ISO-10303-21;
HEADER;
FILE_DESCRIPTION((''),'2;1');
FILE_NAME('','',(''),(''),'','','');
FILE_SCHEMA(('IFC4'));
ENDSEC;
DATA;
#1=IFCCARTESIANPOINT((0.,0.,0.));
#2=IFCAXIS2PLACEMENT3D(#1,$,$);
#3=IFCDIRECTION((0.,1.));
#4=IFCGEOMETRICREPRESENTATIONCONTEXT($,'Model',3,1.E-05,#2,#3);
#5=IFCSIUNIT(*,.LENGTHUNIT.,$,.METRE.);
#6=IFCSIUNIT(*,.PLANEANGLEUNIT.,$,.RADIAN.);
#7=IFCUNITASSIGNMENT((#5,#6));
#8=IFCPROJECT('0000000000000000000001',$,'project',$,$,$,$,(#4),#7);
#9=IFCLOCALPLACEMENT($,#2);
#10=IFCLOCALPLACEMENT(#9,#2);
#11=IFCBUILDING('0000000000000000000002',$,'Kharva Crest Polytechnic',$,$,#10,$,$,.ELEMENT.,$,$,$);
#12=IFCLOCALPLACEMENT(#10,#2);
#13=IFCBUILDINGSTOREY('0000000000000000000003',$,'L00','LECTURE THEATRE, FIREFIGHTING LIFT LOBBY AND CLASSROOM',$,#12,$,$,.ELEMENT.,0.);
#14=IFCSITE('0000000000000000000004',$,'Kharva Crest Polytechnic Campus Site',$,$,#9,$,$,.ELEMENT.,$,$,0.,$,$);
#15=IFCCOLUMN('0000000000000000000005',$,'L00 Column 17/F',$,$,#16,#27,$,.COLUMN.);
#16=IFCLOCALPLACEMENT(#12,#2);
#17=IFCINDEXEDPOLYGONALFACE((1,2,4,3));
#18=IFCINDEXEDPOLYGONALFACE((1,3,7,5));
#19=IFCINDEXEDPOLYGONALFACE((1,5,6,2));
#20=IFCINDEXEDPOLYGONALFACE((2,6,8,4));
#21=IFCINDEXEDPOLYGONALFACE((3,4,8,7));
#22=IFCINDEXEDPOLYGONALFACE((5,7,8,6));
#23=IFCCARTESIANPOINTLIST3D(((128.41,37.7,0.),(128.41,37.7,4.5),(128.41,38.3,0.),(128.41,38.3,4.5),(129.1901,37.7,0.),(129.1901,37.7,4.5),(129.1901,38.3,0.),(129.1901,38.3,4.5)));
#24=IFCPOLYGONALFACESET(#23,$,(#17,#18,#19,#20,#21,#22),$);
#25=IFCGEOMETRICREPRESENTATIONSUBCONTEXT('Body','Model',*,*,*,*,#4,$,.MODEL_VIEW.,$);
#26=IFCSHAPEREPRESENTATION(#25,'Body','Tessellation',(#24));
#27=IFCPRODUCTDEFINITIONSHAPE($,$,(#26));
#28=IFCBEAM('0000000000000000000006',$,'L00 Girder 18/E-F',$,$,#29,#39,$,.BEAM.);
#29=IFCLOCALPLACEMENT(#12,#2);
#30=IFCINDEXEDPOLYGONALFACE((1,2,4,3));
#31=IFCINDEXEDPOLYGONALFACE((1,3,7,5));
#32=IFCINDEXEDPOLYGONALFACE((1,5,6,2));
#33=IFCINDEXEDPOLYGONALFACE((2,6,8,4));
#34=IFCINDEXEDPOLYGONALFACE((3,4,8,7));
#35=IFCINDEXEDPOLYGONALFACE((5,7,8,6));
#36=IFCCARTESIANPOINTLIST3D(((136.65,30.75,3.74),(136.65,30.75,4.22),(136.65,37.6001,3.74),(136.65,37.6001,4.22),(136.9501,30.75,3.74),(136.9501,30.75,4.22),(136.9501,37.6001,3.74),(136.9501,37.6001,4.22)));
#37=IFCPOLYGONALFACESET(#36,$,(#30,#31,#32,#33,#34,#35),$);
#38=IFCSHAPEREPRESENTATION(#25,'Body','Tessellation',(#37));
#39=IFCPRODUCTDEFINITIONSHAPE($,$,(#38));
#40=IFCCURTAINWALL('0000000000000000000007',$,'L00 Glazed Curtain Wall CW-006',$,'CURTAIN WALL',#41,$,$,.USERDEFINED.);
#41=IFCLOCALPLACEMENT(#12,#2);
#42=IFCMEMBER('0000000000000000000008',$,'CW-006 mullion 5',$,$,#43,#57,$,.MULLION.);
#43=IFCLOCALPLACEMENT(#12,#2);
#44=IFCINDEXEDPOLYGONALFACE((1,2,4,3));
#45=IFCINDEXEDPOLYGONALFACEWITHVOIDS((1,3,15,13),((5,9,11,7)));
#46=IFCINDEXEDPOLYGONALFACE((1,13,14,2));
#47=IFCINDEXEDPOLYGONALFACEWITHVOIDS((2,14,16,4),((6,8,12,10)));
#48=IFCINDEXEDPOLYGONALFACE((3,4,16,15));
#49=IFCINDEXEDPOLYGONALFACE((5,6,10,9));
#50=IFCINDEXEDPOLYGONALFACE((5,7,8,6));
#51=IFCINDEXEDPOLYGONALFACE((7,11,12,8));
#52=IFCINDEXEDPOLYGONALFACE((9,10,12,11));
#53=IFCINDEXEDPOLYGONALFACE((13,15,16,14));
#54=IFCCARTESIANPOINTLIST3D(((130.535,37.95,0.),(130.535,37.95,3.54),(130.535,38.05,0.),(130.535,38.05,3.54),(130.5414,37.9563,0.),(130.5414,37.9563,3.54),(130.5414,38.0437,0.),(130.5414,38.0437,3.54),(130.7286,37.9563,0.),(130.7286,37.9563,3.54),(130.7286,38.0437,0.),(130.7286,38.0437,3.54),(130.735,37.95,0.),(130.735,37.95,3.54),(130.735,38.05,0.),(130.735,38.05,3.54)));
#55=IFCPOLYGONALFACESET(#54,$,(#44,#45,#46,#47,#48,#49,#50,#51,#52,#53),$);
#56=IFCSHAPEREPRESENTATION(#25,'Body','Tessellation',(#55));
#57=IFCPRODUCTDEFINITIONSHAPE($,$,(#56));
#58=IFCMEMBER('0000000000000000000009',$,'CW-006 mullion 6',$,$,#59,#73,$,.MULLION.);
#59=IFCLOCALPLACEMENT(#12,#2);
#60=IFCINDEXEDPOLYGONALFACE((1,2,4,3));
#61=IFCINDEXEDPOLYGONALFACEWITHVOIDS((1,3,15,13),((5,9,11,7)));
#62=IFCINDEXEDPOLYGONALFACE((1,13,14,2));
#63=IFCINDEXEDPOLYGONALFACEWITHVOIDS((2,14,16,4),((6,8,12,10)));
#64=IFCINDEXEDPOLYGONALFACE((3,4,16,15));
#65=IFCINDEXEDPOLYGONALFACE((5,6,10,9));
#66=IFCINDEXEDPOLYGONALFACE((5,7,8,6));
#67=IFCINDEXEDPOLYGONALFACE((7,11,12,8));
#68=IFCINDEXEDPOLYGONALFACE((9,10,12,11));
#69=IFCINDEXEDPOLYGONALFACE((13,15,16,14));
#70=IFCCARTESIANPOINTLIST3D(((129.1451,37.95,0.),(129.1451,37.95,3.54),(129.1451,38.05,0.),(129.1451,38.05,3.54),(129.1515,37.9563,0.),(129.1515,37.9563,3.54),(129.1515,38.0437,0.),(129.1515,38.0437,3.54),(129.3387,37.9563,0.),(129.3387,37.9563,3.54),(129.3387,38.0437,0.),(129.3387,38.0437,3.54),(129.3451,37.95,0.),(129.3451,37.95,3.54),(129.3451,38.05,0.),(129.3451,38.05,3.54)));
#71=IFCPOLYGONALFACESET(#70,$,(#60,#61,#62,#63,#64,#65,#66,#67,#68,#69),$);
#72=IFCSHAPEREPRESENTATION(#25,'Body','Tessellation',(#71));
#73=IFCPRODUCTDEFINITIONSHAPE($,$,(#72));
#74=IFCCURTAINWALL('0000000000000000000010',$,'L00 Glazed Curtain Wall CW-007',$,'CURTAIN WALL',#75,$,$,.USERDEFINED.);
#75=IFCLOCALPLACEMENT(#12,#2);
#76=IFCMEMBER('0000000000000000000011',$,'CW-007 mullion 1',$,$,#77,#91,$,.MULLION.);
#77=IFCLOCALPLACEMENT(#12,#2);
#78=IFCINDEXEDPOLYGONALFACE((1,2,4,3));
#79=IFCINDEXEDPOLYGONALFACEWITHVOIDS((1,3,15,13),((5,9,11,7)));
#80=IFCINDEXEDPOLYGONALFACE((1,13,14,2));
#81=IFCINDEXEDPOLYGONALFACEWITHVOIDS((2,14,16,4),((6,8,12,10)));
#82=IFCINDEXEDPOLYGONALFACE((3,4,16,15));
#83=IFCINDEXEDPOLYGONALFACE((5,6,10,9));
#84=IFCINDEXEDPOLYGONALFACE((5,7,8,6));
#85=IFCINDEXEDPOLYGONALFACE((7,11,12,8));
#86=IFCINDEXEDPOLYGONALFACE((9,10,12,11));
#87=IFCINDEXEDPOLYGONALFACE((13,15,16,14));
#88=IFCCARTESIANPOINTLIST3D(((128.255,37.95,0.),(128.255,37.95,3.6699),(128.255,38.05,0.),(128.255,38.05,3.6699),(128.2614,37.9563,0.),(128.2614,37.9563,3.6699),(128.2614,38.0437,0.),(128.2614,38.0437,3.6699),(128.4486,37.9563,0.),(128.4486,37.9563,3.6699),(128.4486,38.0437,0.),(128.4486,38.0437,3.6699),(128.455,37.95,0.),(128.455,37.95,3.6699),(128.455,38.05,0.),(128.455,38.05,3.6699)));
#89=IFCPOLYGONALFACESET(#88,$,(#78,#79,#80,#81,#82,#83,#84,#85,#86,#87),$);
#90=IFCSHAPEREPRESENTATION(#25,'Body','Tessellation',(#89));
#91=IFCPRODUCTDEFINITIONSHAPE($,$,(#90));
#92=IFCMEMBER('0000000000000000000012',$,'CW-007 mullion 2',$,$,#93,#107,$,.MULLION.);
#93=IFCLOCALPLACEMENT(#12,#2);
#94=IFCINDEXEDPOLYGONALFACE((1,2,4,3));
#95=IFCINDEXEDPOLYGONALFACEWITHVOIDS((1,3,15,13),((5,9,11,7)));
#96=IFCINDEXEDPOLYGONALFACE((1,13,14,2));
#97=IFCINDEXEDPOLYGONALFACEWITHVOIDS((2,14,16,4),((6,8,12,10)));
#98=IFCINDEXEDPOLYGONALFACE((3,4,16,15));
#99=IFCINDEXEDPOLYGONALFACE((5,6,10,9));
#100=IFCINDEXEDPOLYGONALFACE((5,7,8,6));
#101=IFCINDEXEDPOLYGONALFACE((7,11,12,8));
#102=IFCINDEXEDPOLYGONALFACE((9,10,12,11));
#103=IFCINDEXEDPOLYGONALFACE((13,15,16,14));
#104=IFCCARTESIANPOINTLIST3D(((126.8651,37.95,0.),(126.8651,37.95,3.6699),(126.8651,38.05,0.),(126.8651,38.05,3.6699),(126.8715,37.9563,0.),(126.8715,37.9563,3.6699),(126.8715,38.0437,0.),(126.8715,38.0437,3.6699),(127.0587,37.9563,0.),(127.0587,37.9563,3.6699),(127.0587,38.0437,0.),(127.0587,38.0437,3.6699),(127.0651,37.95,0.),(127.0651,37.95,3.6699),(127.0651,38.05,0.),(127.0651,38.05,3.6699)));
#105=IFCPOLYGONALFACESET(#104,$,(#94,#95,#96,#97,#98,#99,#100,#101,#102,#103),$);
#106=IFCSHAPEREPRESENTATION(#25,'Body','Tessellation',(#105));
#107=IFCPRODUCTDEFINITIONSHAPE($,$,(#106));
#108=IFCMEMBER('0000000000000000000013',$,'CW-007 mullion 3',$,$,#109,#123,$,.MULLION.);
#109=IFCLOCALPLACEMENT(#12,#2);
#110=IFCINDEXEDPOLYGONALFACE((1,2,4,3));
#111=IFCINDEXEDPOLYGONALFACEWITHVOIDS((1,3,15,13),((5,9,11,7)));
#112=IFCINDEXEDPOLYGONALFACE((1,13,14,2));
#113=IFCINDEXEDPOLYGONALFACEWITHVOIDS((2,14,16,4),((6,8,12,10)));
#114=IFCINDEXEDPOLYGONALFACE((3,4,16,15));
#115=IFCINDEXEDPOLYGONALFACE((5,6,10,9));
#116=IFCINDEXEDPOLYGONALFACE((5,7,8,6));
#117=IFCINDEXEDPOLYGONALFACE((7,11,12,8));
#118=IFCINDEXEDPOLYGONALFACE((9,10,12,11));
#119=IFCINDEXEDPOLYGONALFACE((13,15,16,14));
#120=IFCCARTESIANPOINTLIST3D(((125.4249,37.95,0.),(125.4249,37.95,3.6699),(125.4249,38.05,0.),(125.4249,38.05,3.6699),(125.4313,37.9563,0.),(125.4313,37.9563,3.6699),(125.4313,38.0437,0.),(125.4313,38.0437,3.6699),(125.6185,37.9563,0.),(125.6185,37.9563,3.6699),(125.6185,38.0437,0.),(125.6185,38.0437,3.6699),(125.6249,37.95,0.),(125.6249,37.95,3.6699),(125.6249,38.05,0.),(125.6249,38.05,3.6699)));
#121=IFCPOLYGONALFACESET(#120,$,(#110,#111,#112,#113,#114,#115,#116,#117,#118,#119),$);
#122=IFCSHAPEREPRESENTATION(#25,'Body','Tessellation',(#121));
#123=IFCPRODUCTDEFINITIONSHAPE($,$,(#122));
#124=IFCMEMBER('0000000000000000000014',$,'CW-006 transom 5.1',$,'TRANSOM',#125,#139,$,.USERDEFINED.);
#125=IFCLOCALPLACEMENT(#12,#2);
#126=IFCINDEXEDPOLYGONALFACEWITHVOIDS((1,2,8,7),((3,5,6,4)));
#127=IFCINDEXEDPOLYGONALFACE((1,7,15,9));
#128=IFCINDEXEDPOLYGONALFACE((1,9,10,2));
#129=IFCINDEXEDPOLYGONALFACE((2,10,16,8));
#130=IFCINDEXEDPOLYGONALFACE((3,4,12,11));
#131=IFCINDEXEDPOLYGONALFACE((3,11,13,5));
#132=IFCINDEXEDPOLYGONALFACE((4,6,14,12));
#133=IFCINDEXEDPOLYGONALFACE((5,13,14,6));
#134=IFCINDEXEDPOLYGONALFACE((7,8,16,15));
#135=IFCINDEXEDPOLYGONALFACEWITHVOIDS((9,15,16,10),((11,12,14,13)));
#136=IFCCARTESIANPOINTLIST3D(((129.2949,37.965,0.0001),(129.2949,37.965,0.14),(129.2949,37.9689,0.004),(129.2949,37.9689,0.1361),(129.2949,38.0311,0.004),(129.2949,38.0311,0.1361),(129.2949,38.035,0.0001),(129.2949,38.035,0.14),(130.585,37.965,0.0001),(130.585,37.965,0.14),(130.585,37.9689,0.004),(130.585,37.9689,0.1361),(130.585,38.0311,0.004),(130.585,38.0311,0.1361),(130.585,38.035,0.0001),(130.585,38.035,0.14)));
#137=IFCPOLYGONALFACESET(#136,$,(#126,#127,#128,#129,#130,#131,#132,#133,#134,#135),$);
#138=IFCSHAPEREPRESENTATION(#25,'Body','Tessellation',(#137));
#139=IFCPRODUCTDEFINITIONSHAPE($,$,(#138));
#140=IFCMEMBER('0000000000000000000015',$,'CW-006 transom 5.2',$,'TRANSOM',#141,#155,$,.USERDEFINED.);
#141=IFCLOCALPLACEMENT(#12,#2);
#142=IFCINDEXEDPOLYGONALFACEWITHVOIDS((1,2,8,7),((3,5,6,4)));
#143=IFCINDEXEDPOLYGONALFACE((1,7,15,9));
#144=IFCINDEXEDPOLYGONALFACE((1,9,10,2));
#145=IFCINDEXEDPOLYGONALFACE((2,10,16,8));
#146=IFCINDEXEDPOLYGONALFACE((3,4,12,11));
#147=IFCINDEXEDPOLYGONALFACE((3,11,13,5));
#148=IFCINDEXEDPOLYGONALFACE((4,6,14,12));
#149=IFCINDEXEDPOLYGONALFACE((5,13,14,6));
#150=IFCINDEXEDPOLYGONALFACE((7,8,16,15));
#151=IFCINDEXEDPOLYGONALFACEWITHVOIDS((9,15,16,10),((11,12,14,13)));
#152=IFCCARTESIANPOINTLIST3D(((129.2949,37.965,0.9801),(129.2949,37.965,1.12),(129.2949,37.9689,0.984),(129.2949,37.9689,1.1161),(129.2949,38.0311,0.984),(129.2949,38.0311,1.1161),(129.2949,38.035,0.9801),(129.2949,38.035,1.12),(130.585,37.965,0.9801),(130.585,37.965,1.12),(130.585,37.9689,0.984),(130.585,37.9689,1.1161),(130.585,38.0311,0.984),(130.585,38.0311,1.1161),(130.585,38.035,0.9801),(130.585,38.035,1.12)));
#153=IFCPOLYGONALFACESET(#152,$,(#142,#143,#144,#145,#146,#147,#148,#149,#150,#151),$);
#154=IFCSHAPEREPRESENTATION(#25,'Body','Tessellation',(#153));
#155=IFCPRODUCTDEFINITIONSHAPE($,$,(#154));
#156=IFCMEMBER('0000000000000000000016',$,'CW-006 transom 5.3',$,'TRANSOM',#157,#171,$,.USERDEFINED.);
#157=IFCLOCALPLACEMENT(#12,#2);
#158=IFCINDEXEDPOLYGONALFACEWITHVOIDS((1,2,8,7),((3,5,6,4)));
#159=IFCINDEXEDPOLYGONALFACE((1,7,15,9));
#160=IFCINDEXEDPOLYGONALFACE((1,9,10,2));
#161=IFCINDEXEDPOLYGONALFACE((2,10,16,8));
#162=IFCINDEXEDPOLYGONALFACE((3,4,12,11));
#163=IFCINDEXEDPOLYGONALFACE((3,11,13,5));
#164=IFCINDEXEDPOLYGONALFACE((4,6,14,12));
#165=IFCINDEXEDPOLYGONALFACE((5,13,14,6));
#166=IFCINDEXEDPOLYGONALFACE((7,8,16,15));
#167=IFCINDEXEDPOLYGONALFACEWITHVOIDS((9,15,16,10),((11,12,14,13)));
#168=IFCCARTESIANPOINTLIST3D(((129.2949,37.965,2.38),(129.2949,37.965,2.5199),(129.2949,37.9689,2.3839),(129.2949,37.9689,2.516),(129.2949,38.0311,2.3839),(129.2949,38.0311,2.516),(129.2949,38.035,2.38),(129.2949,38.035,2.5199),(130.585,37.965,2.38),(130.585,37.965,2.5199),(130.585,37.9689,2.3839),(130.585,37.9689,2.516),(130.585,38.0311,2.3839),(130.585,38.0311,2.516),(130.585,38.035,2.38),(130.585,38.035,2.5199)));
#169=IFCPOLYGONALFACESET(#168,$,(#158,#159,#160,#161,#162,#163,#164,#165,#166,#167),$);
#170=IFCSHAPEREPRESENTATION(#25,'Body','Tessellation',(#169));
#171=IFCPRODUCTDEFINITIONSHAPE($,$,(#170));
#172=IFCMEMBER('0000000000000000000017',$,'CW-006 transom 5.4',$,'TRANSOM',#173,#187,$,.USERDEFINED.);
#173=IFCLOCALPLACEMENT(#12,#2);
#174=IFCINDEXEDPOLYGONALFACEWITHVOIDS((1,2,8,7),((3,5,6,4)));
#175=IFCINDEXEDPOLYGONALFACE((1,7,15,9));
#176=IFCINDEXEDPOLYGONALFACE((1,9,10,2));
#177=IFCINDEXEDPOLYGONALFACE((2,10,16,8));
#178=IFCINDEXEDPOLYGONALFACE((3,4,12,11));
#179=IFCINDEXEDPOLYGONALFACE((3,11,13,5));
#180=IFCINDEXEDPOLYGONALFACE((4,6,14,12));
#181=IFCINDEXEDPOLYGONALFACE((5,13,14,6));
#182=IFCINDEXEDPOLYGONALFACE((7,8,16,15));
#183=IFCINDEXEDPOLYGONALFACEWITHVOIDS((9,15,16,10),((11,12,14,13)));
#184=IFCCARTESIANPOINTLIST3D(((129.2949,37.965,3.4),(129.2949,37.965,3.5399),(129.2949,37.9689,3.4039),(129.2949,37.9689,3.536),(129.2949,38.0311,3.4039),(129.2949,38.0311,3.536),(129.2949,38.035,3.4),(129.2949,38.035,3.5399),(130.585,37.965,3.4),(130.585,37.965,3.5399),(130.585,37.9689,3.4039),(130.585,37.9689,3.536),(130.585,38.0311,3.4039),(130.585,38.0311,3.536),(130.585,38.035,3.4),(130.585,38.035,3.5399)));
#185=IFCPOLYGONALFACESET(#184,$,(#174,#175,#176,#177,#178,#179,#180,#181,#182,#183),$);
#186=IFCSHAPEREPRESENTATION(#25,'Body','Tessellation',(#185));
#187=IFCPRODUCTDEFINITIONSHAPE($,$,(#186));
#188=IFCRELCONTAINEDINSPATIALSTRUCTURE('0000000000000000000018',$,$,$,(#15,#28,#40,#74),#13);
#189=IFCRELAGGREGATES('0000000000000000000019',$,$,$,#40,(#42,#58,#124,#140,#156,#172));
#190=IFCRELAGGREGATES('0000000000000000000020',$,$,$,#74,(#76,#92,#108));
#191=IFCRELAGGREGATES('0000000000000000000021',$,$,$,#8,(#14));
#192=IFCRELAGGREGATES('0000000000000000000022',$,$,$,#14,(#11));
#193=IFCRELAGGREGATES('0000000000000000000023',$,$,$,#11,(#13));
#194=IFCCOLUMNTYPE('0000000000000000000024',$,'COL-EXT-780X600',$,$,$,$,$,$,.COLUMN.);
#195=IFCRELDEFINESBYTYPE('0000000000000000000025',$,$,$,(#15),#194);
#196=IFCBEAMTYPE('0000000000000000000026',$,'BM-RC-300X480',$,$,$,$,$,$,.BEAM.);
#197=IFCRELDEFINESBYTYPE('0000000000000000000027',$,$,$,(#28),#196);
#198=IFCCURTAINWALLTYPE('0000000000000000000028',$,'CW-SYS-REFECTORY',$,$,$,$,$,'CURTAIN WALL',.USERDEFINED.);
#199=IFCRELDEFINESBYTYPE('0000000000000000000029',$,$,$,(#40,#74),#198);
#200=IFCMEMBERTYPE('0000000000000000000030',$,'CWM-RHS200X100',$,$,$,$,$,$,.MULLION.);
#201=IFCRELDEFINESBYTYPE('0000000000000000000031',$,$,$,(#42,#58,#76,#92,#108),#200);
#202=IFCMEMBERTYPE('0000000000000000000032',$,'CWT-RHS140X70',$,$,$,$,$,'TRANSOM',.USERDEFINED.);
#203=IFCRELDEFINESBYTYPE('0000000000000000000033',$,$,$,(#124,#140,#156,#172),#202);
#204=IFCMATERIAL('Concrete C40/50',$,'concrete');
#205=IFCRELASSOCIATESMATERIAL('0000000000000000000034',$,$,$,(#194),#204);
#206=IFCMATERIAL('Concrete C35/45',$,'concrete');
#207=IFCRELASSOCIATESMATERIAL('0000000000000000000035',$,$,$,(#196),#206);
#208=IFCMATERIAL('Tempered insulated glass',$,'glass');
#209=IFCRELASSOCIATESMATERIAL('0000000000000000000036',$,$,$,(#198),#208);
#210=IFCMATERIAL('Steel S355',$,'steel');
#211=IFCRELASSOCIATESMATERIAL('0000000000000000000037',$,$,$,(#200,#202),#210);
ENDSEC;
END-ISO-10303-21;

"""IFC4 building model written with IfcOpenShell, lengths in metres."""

from ifc_helpers import new_model, si_unit, direction, frame, origin, origin_2d, place, context, subcontext, project, spatial, rectangle, hollow_rectangle, extrude, material, material_profile, profile_set, type_object, element, aggregate, save


model = new_model("IFC4")

# Units and contexts
model_context = context("Model", 3, precision=1e-05, world=origin(), true_north=direction((0.0, 1.0)))
body_context = subcontext(model_context, "Body", "Model", "MODEL_VIEW")
ifc_project = project(units=[si_unit("LENGTHUNIT", "METRE"), si_unit("PLANEANGLEUNIT", "RADIAN")], contexts=[model_context])

# Site, building, storey
site_placement = place(None, origin())
site = spatial("IfcSite", under=ifc_project, at=site_placement, Name="Kharva Crest Polytechnic Campus Site", CompositionType="ELEMENT", RefElevation=0.0)
building_placement = place(site_placement, origin())
building = spatial("IfcBuilding", under=site, at=building_placement, Name="Kharva Crest Polytechnic", CompositionType="ELEMENT")
storey_placement = place(building_placement, origin())
storey = spatial("IfcBuildingStorey", under=building, at=storey_placement, Name="L00", Description="LECTURE THEATRE, FIREFIGHTING LIFT LOBBY AND CLASSROOM", CompositionType="ELEMENT", Elevation=0.0)

# Column
ifc_material_1 = material(Name="Concrete C40/50", Category="concrete")
ifc_material_profile_1 = material_profile(ifc_material_1, rectangle(XDim=0.78, YDim=0.6001, at=origin_2d()), Name="RECT 780 X 600")
ifc_profile_set_1 = profile_set([ifc_material_profile_1], Name="Concrete C40/50")
column_type = type_object("IfcColumnType", Name="COL-EXT-780X600", PredefinedType="COLUMN", material=ifc_profile_set_1)
column_placement = place(storey_placement, frame((128.8, 38.0, 0.0), z_axis=(0.0, 0.0, 1.0), x_axis=(1.0, 0.0, 0.0)))
element("IfcColumn", 1, at=column_placement, inside=storey, type_object=column_type, Name="L00 Column 17/F", PredefinedType="COLUMN", context=body_context, shape_type="SweptSolid", body=[
    extrude(rectangle(XDim=0.78, YDim=0.6001, at=origin_2d()), origin(), (0.0, 0.0, 1.0), 4.5),
])

# Beam
ifc_material_2 = material(Name="Concrete C35/45", Category="concrete")
ifc_material_profile_2 = material_profile(ifc_material_2, rectangle(XDim=0.3, YDim=0.48, at=origin_2d()), Name="RECT 300 X 480")
ifc_profile_set_2 = profile_set([ifc_material_profile_2], Name="Concrete C35/45")
beam_type_1 = type_object("IfcBeamType", Name="BM-RC-300X480", PredefinedType="BEAM", material=ifc_profile_set_2)
beam_1_placement = place(storey_placement, frame((136.8, 30.75, 3.98), z_axis=(0.0, 1.0, 0.0), x_axis=(-1.0, 0.0, 0.0)))
element("IfcBeam", 2, at=beam_1_placement, inside=storey, type_object=beam_type_1, Name="L00 Girder 18/E-F", PredefinedType="BEAM", context=body_context, shape_type="SweptSolid", body=[
    extrude(rectangle(XDim=0.3, YDim=0.48, at=origin_2d()), origin(), (0.0, 0.0, 1.0), 6.8501),
])

# Curtain walls, members
ifc_material_3 = material(Name="Tempered insulated glass", Category="glass")
curtain_wall_type = type_object("IfcCurtainWallType", Name="CW-SYS-REFECTORY", ElementType="CURTAIN WALL", PredefinedType="USERDEFINED", material=ifc_material_3)
curtain_wall_1_placement = place(storey_placement, origin())
curtain_wall_1 = element("IfcCurtainWall", 3, at=curtain_wall_1_placement, inside=storey, type_object=curtain_wall_type, Name="L00 Glazed Curtain Wall CW-006", ObjectType="CURTAIN WALL", PredefinedType="USERDEFINED")
ifc_material_4 = material(Name="Steel S355", Category="steel")
ifc_material_profile_3 = material_profile(ifc_material_4, hollow_rectangle(XDim=0.1001, YDim=0.2, WallThickness=0.0063, at=origin_2d()), Name="RHS 200X100X6.3")
ifc_profile_set_3 = profile_set([ifc_material_profile_3], Name="Steel S355")
member_type_1 = type_object("IfcMemberType", Name="CWM-RHS200X100", PredefinedType="MULLION", material=ifc_profile_set_3)
member_1_placement = place(storey_placement, frame((130.635, 38.0, 0.0), z_axis=(0.0, 0.0, 1.0), x_axis=(0.0, -1.0, 0.0)))
member_1 = element("IfcMember", 4, at=member_1_placement, type_object=member_type_1, Name="CW-006 mullion 5", PredefinedType="MULLION", context=body_context, shape_type="SweptSolid", body=[
    extrude(hollow_rectangle(XDim=0.1001, YDim=0.2, WallThickness=0.0063, at=origin_2d()), origin(), (0.0, 0.0, 1.0), 3.54),
])
member_2_placement = place(storey_placement, frame((129.2451, 38.0, 0.0), z_axis=(0.0, 0.0, 1.0), x_axis=(0.0, -1.0, 0.0)))
member_2 = element("IfcMember", 5, at=member_2_placement, type_object=member_type_1, Name="CW-006 mullion 6", PredefinedType="MULLION", context=body_context, shape_type="SweptSolid", body=[
    extrude(hollow_rectangle(XDim=0.1001, YDim=0.2, WallThickness=0.0063, at=origin_2d()), origin(), (0.0, 0.0, 1.0), 3.54),
])
curtain_wall_2_placement = place(storey_placement, origin())
curtain_wall_2 = element("IfcCurtainWall", 6, at=curtain_wall_2_placement, inside=storey, type_object=curtain_wall_type, Name="L00 Glazed Curtain Wall CW-007", ObjectType="CURTAIN WALL", PredefinedType="USERDEFINED")
member_3_placement = place(storey_placement, frame((128.355, 38.0, 0.0), z_axis=(0.0, 0.0, 1.0), x_axis=(0.0, -1.0, 0.0)))
member_3 = element("IfcMember", 7, at=member_3_placement, type_object=member_type_1, Name="CW-007 mullion 1", PredefinedType="MULLION", context=body_context, shape_type="SweptSolid", body=[
    extrude(hollow_rectangle(XDim=0.1001, YDim=0.2, WallThickness=0.0063, at=origin_2d()), origin(), (0.0, 0.0, 1.0), 3.6699),
])
member_4_placement = place(storey_placement, frame((126.9651, 38.0, 0.0), z_axis=(0.0, 0.0, 1.0), x_axis=(0.0, -1.0, 0.0)))
member_4 = element("IfcMember", 8, at=member_4_placement, type_object=member_type_1, Name="CW-007 mullion 2", PredefinedType="MULLION", context=body_context, shape_type="SweptSolid", body=[
    extrude(hollow_rectangle(XDim=0.1001, YDim=0.2, WallThickness=0.0063, at=origin_2d()), origin(), (0.0, 0.0, 1.0), 3.6699),
])
member_5_placement = place(storey_placement, frame((125.5249, 38.0, 0.0), z_axis=(0.0, 0.0, 1.0), x_axis=(0.0, -1.0, 0.0)))
member_5 = element("IfcMember", 9, at=member_5_placement, type_object=member_type_1, Name="CW-007 mullion 3", PredefinedType="MULLION", context=body_context, shape_type="SweptSolid", body=[
    extrude(hollow_rectangle(XDim=0.1001, YDim=0.2, WallThickness=0.0063, at=origin_2d()), origin(), (0.0, 0.0, 1.0), 3.6699),
])

# Members
ifc_material_profile_4 = material_profile(ifc_material_4, hollow_rectangle(XDim=0.0701, YDim=0.1399, WallThickness=0.0039, at=origin_2d()), Name="RHS 140X70X4.0")
ifc_profile_set_4 = profile_set([ifc_material_profile_4], Name="Steel S355")
member_type_2 = type_object("IfcMemberType", Name="CWT-RHS140X70", ElementType="TRANSOM", PredefinedType="USERDEFINED", material=ifc_profile_set_4)
member_6_placement = place(storey_placement, frame((130.585, 38.0, 0.0701), z_axis=(-1.0, 0.0, 0.0), x_axis=(0.0, -1.0, 0.0)))
member_6 = element("IfcMember", 10, at=member_6_placement, type_object=member_type_2, Name="CW-006 transom 5.1", ObjectType="TRANSOM", PredefinedType="USERDEFINED", context=body_context, shape_type="SweptSolid", body=[
    extrude(hollow_rectangle(XDim=0.0701, YDim=0.1399, WallThickness=0.0039, at=origin_2d()), origin(), (0.0, 0.0, 1.0), 1.29),
])
member_7_placement = place(storey_placement, frame((130.585, 38.0, 1.05), z_axis=(-1.0, 0.0, 0.0), x_axis=(0.0, -1.0, 0.0)))
member_7 = element("IfcMember", 11, at=member_7_placement, type_object=member_type_2, Name="CW-006 transom 5.2", ObjectType="TRANSOM", PredefinedType="USERDEFINED", context=body_context, shape_type="SweptSolid", body=[
    extrude(hollow_rectangle(XDim=0.0701, YDim=0.1399, WallThickness=0.0039, at=origin_2d()), origin(), (0.0, 0.0, 1.0), 1.29),
])
member_8_placement = place(storey_placement, frame((130.585, 38.0, 2.45), z_axis=(-1.0, 0.0, 0.0), x_axis=(0.0, -1.0, 0.0)))
member_8 = element("IfcMember", 12, at=member_8_placement, type_object=member_type_2, Name="CW-006 transom 5.3", ObjectType="TRANSOM", PredefinedType="USERDEFINED", context=body_context, shape_type="SweptSolid", body=[
    extrude(hollow_rectangle(XDim=0.0701, YDim=0.1399, WallThickness=0.0039, at=origin_2d()), origin(), (0.0, 0.0, 1.0), 1.29),
])
member_9_placement = place(storey_placement, frame((130.585, 38.0, 3.47), z_axis=(-1.0, 0.0, 0.0), x_axis=(0.0, -1.0, 0.0)))
member_9 = element("IfcMember", 13, at=member_9_placement, type_object=member_type_2, Name="CW-006 transom 5.4", ObjectType="TRANSOM", PredefinedType="USERDEFINED", context=body_context, shape_type="SweptSolid", body=[
    extrude(hollow_rectangle(XDim=0.0701, YDim=0.1399, WallThickness=0.0039, at=origin_2d()), origin(), (0.0, 0.0, 1.0), 1.29),
])

aggregate(curtain_wall_1, [member_1, member_2, member_6, member_7, member_8, member_9])
aggregate(curtain_wall_2, [member_3, member_4, member_5])

save(model, "model.ifc")
